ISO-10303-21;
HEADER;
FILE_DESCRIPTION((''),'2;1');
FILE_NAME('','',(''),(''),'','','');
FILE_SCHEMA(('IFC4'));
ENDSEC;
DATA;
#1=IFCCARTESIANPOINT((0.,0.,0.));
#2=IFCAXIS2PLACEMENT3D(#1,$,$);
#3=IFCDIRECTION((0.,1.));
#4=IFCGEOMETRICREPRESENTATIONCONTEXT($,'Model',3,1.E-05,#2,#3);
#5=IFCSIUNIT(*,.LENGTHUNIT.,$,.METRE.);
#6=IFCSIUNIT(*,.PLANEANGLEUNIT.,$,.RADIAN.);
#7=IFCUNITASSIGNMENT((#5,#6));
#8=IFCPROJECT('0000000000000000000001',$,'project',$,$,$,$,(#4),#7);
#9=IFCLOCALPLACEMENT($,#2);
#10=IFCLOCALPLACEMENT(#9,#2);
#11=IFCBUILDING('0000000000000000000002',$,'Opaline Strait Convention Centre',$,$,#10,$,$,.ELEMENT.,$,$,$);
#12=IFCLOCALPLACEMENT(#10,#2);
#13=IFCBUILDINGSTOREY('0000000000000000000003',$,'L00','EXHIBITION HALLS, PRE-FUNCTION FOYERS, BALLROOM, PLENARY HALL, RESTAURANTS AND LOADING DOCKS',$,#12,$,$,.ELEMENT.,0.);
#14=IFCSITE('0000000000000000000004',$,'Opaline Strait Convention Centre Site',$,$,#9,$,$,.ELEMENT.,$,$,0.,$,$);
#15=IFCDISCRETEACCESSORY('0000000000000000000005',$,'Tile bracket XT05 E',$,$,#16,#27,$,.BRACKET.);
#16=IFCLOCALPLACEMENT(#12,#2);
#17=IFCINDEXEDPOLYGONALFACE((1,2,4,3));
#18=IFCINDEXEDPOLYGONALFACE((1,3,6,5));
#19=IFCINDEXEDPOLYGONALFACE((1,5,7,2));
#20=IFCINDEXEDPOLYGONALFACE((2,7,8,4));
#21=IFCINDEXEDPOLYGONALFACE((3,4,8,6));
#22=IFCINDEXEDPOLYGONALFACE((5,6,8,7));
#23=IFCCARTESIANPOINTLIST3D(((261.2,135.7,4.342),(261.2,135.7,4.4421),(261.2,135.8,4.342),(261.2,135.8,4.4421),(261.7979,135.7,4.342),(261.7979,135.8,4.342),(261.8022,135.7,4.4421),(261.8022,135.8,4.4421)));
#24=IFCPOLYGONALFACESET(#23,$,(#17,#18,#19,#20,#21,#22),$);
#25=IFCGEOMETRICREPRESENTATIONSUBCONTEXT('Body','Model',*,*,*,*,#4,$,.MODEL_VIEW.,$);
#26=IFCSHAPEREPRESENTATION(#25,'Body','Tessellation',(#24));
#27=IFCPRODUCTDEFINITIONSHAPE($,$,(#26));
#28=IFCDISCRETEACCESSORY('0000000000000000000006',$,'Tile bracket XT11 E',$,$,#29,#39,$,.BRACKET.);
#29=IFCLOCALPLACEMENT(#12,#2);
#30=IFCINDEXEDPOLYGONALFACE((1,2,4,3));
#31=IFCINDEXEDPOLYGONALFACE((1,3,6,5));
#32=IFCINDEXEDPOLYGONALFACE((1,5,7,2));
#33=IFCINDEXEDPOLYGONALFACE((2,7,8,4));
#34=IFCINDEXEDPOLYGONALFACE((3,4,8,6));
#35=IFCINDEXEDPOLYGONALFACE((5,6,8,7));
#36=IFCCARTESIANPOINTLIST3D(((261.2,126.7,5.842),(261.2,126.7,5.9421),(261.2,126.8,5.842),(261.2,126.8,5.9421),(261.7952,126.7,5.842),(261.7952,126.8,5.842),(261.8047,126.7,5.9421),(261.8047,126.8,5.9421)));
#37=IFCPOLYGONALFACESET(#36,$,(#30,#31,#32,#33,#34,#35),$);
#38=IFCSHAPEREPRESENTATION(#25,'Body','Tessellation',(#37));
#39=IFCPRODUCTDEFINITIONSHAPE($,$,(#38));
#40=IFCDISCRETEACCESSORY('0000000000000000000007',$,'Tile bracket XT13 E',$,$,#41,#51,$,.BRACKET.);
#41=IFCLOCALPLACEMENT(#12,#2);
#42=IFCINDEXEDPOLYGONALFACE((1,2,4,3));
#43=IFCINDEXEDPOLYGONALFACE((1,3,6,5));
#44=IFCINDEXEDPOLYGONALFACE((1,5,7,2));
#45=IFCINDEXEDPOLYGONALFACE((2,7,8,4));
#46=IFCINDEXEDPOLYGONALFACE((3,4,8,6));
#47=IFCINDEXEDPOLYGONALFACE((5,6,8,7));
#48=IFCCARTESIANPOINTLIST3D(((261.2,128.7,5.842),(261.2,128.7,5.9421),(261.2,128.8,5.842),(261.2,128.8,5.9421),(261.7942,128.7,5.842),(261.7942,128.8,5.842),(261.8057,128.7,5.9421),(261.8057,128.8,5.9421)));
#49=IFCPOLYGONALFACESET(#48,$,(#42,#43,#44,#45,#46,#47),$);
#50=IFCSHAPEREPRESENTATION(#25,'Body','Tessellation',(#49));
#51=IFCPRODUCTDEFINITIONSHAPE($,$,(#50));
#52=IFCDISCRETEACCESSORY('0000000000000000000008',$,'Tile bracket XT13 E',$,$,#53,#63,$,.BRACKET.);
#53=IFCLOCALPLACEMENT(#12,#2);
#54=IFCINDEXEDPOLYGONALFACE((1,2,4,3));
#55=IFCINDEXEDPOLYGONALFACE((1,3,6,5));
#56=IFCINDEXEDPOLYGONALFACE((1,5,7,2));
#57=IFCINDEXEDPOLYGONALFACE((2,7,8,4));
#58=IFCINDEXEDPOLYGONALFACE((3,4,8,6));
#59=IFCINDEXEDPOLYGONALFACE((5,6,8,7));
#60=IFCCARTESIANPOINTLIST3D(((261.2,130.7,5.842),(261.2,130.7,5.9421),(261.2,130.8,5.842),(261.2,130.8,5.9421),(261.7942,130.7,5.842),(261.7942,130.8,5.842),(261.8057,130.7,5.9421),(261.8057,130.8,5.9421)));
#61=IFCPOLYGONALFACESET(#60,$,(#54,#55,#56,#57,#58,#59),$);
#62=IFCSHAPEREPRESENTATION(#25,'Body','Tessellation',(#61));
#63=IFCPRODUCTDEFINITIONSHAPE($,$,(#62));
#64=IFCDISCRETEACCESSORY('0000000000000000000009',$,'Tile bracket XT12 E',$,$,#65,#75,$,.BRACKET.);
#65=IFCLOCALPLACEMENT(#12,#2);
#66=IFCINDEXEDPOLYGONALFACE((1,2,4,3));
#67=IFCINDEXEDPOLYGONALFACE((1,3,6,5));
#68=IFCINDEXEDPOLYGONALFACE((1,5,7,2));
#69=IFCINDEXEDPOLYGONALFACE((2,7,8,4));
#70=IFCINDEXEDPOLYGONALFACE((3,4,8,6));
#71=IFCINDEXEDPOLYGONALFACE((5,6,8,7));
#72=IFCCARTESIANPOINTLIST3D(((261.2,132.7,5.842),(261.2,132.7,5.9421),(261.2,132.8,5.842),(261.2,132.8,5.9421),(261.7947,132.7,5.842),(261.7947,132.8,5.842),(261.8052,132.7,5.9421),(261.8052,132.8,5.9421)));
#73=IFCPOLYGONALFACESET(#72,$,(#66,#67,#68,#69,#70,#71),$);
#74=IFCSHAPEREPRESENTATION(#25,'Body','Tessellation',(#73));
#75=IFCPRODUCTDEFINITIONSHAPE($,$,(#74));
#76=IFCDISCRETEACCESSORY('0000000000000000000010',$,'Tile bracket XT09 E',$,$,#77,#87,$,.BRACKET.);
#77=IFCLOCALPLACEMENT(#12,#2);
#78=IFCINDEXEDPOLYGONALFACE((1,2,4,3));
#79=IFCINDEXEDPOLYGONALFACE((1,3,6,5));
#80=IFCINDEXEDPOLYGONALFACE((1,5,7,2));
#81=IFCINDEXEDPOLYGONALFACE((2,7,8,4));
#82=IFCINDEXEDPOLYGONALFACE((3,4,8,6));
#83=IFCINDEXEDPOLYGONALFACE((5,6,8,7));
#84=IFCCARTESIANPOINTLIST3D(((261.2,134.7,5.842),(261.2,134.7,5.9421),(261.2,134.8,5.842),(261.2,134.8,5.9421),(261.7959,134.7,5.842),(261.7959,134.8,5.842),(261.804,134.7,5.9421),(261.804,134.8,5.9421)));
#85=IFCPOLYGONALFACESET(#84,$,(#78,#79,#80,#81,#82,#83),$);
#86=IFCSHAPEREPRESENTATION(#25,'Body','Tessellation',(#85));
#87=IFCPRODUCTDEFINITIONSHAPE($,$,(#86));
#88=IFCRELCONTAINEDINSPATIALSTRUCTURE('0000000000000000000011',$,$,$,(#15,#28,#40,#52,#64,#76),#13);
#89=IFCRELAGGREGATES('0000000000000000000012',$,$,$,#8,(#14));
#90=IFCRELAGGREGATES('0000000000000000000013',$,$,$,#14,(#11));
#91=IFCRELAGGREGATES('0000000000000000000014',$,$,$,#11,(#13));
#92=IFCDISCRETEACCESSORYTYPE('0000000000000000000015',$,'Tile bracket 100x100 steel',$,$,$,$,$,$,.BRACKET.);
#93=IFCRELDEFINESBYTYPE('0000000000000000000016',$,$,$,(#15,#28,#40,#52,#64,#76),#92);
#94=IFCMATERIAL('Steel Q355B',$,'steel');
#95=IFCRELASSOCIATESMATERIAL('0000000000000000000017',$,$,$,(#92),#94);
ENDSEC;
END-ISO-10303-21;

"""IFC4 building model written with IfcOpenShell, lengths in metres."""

from ifc_helpers import new_model, si_unit, direction, frame, origin, place, context, subcontext, project, spatial, polyline, outline, extrude, material, type_object, element, save


model = new_model("IFC4")

# Units and contexts
model_context = context("Model", 3, precision=1e-05, world=origin(), true_north=direction((0.0, 1.0)))
body_context = subcontext(model_context, "Body", "Model", "MODEL_VIEW")
ifc_project = project(units=[si_unit("LENGTHUNIT", "METRE"), si_unit("PLANEANGLEUNIT", "RADIAN")], contexts=[model_context])

# Site, building, storey
site_placement = place(None, origin())
site = spatial("IfcSite", under=ifc_project, at=site_placement, Name="Opaline Strait Convention Centre Site", CompositionType="ELEMENT", RefElevation=0.0)
building_placement = place(site_placement, origin())
building = spatial("IfcBuilding", under=site, at=building_placement, Name="Opaline Strait Convention Centre", CompositionType="ELEMENT")
storey_placement = place(building_placement, origin())
storey = spatial("IfcBuildingStorey", under=building, at=storey_placement, Name="L00", Description="EXHIBITION HALLS, PRE-FUNCTION FOYERS, BALLROOM, PLENARY HALL, RESTAURANTS AND LOADING DOCKS", CompositionType="ELEMENT", Elevation=0.0)

# Shared definitions
ifc_material_1 = material(Name="Steel Q355B", Category="steel")

# Discrete accessories
discrete_accessory_type = type_object("IfcDiscreteAccessoryType", Name="Tile bracket 100x100 steel", PredefinedType="BRACKET", material=ifc_material_1)
discrete_accessory_1_placement = place(storey_placement, frame((261.2, 135.7, 4.3921), z_axis=(0.0, 1.0, 0.0), x_axis=(-1.0, 0.0, 0.0)))
element("IfcDiscreteAccessory", 1, at=discrete_accessory_1_placement, inside=storey, type_object=discrete_accessory_type, Name="Tile bracket XT05 E", PredefinedType="BRACKET", context=body_context, shape_type="SweptSolid", body=[
    extrude(outline(polyline([(0.0, -0.05), (0.0, 0.05), (-0.6023, 0.05), (-0.5979, -0.05), (0.0, -0.05)])), origin(), (0.0, 0.0, 1.0), 0.1001),
])
discrete_accessory_2_placement = place(storey_placement, frame((261.2, 126.7, 5.8921), z_axis=(0.0, 1.0, 0.0), x_axis=(-1.0, 0.0, 0.0)))
element("IfcDiscreteAccessory", 2, at=discrete_accessory_2_placement, inside=storey, type_object=discrete_accessory_type, Name="Tile bracket XT11 E", PredefinedType="BRACKET", context=body_context, shape_type="SweptSolid", body=[
    extrude(outline(polyline([(0.0, -0.05), (0.0, 0.05), (-0.6047, 0.05), (-0.5952, -0.05), (0.0, -0.05)])), origin(), (0.0, 0.0, 1.0), 0.1001),
])
for number, where, z_axis, x_axis, name in (
    (3, (261.2, 128.7, 5.8921), (0.0, 1.0, 0.0), (-1.0, 0.0, 0.0), "Tile bracket XT13 E"),
    (4, (261.2, 130.7, 5.8921), (0.0, 1.0, 0.0), (-1.0, 0.0, 0.0), "Tile bracket XT13 E"),
):
    element("IfcDiscreteAccessory", number, at=place(storey_placement, frame(where, z_axis=z_axis, x_axis=x_axis)), inside=storey, type_object=discrete_accessory_type, Name=name, PredefinedType="BRACKET", context=body_context, shape_type="SweptSolid", body=[
        extrude(outline(polyline([(0.0, -0.05), (0.0, 0.05), (-0.6057, 0.05), (-0.5942, -0.05), (0.0, -0.05)])), origin(), (0.0, 0.0, 1.0), 0.1001),
    ])
discrete_accessory_3_placement = place(storey_placement, frame((261.2, 132.7, 5.8921), z_axis=(0.0, 1.0, 0.0), x_axis=(-1.0, 0.0, 0.0)))
element("IfcDiscreteAccessory", 5, at=discrete_accessory_3_placement, inside=storey, type_object=discrete_accessory_type, Name="Tile bracket XT12 E", PredefinedType="BRACKET", context=body_context, shape_type="SweptSolid", body=[
    extrude(outline(polyline([(0.0, -0.05), (0.0, 0.05), (-0.6052, 0.05), (-0.5947, -0.05), (0.0, -0.05)])), origin(), (0.0, 0.0, 1.0), 0.1001),
])
discrete_accessory_4_placement = place(storey_placement, frame((261.2, 134.7, 5.8921), z_axis=(0.0, 1.0, 0.0), x_axis=(-1.0, 0.0, 0.0)))
element("IfcDiscreteAccessory", 6, at=discrete_accessory_4_placement, inside=storey, type_object=discrete_accessory_type, Name="Tile bracket XT09 E", PredefinedType="BRACKET", context=body_context, shape_type="SweptSolid", body=[
    extrude(outline(polyline([(0.0, -0.05), (0.0, 0.05), (-0.604, 0.05), (-0.5959, -0.05), (0.0, -0.05)])), origin(), (0.0, 0.0, 1.0), 0.1001),
])

save(model, "model.ifc")
